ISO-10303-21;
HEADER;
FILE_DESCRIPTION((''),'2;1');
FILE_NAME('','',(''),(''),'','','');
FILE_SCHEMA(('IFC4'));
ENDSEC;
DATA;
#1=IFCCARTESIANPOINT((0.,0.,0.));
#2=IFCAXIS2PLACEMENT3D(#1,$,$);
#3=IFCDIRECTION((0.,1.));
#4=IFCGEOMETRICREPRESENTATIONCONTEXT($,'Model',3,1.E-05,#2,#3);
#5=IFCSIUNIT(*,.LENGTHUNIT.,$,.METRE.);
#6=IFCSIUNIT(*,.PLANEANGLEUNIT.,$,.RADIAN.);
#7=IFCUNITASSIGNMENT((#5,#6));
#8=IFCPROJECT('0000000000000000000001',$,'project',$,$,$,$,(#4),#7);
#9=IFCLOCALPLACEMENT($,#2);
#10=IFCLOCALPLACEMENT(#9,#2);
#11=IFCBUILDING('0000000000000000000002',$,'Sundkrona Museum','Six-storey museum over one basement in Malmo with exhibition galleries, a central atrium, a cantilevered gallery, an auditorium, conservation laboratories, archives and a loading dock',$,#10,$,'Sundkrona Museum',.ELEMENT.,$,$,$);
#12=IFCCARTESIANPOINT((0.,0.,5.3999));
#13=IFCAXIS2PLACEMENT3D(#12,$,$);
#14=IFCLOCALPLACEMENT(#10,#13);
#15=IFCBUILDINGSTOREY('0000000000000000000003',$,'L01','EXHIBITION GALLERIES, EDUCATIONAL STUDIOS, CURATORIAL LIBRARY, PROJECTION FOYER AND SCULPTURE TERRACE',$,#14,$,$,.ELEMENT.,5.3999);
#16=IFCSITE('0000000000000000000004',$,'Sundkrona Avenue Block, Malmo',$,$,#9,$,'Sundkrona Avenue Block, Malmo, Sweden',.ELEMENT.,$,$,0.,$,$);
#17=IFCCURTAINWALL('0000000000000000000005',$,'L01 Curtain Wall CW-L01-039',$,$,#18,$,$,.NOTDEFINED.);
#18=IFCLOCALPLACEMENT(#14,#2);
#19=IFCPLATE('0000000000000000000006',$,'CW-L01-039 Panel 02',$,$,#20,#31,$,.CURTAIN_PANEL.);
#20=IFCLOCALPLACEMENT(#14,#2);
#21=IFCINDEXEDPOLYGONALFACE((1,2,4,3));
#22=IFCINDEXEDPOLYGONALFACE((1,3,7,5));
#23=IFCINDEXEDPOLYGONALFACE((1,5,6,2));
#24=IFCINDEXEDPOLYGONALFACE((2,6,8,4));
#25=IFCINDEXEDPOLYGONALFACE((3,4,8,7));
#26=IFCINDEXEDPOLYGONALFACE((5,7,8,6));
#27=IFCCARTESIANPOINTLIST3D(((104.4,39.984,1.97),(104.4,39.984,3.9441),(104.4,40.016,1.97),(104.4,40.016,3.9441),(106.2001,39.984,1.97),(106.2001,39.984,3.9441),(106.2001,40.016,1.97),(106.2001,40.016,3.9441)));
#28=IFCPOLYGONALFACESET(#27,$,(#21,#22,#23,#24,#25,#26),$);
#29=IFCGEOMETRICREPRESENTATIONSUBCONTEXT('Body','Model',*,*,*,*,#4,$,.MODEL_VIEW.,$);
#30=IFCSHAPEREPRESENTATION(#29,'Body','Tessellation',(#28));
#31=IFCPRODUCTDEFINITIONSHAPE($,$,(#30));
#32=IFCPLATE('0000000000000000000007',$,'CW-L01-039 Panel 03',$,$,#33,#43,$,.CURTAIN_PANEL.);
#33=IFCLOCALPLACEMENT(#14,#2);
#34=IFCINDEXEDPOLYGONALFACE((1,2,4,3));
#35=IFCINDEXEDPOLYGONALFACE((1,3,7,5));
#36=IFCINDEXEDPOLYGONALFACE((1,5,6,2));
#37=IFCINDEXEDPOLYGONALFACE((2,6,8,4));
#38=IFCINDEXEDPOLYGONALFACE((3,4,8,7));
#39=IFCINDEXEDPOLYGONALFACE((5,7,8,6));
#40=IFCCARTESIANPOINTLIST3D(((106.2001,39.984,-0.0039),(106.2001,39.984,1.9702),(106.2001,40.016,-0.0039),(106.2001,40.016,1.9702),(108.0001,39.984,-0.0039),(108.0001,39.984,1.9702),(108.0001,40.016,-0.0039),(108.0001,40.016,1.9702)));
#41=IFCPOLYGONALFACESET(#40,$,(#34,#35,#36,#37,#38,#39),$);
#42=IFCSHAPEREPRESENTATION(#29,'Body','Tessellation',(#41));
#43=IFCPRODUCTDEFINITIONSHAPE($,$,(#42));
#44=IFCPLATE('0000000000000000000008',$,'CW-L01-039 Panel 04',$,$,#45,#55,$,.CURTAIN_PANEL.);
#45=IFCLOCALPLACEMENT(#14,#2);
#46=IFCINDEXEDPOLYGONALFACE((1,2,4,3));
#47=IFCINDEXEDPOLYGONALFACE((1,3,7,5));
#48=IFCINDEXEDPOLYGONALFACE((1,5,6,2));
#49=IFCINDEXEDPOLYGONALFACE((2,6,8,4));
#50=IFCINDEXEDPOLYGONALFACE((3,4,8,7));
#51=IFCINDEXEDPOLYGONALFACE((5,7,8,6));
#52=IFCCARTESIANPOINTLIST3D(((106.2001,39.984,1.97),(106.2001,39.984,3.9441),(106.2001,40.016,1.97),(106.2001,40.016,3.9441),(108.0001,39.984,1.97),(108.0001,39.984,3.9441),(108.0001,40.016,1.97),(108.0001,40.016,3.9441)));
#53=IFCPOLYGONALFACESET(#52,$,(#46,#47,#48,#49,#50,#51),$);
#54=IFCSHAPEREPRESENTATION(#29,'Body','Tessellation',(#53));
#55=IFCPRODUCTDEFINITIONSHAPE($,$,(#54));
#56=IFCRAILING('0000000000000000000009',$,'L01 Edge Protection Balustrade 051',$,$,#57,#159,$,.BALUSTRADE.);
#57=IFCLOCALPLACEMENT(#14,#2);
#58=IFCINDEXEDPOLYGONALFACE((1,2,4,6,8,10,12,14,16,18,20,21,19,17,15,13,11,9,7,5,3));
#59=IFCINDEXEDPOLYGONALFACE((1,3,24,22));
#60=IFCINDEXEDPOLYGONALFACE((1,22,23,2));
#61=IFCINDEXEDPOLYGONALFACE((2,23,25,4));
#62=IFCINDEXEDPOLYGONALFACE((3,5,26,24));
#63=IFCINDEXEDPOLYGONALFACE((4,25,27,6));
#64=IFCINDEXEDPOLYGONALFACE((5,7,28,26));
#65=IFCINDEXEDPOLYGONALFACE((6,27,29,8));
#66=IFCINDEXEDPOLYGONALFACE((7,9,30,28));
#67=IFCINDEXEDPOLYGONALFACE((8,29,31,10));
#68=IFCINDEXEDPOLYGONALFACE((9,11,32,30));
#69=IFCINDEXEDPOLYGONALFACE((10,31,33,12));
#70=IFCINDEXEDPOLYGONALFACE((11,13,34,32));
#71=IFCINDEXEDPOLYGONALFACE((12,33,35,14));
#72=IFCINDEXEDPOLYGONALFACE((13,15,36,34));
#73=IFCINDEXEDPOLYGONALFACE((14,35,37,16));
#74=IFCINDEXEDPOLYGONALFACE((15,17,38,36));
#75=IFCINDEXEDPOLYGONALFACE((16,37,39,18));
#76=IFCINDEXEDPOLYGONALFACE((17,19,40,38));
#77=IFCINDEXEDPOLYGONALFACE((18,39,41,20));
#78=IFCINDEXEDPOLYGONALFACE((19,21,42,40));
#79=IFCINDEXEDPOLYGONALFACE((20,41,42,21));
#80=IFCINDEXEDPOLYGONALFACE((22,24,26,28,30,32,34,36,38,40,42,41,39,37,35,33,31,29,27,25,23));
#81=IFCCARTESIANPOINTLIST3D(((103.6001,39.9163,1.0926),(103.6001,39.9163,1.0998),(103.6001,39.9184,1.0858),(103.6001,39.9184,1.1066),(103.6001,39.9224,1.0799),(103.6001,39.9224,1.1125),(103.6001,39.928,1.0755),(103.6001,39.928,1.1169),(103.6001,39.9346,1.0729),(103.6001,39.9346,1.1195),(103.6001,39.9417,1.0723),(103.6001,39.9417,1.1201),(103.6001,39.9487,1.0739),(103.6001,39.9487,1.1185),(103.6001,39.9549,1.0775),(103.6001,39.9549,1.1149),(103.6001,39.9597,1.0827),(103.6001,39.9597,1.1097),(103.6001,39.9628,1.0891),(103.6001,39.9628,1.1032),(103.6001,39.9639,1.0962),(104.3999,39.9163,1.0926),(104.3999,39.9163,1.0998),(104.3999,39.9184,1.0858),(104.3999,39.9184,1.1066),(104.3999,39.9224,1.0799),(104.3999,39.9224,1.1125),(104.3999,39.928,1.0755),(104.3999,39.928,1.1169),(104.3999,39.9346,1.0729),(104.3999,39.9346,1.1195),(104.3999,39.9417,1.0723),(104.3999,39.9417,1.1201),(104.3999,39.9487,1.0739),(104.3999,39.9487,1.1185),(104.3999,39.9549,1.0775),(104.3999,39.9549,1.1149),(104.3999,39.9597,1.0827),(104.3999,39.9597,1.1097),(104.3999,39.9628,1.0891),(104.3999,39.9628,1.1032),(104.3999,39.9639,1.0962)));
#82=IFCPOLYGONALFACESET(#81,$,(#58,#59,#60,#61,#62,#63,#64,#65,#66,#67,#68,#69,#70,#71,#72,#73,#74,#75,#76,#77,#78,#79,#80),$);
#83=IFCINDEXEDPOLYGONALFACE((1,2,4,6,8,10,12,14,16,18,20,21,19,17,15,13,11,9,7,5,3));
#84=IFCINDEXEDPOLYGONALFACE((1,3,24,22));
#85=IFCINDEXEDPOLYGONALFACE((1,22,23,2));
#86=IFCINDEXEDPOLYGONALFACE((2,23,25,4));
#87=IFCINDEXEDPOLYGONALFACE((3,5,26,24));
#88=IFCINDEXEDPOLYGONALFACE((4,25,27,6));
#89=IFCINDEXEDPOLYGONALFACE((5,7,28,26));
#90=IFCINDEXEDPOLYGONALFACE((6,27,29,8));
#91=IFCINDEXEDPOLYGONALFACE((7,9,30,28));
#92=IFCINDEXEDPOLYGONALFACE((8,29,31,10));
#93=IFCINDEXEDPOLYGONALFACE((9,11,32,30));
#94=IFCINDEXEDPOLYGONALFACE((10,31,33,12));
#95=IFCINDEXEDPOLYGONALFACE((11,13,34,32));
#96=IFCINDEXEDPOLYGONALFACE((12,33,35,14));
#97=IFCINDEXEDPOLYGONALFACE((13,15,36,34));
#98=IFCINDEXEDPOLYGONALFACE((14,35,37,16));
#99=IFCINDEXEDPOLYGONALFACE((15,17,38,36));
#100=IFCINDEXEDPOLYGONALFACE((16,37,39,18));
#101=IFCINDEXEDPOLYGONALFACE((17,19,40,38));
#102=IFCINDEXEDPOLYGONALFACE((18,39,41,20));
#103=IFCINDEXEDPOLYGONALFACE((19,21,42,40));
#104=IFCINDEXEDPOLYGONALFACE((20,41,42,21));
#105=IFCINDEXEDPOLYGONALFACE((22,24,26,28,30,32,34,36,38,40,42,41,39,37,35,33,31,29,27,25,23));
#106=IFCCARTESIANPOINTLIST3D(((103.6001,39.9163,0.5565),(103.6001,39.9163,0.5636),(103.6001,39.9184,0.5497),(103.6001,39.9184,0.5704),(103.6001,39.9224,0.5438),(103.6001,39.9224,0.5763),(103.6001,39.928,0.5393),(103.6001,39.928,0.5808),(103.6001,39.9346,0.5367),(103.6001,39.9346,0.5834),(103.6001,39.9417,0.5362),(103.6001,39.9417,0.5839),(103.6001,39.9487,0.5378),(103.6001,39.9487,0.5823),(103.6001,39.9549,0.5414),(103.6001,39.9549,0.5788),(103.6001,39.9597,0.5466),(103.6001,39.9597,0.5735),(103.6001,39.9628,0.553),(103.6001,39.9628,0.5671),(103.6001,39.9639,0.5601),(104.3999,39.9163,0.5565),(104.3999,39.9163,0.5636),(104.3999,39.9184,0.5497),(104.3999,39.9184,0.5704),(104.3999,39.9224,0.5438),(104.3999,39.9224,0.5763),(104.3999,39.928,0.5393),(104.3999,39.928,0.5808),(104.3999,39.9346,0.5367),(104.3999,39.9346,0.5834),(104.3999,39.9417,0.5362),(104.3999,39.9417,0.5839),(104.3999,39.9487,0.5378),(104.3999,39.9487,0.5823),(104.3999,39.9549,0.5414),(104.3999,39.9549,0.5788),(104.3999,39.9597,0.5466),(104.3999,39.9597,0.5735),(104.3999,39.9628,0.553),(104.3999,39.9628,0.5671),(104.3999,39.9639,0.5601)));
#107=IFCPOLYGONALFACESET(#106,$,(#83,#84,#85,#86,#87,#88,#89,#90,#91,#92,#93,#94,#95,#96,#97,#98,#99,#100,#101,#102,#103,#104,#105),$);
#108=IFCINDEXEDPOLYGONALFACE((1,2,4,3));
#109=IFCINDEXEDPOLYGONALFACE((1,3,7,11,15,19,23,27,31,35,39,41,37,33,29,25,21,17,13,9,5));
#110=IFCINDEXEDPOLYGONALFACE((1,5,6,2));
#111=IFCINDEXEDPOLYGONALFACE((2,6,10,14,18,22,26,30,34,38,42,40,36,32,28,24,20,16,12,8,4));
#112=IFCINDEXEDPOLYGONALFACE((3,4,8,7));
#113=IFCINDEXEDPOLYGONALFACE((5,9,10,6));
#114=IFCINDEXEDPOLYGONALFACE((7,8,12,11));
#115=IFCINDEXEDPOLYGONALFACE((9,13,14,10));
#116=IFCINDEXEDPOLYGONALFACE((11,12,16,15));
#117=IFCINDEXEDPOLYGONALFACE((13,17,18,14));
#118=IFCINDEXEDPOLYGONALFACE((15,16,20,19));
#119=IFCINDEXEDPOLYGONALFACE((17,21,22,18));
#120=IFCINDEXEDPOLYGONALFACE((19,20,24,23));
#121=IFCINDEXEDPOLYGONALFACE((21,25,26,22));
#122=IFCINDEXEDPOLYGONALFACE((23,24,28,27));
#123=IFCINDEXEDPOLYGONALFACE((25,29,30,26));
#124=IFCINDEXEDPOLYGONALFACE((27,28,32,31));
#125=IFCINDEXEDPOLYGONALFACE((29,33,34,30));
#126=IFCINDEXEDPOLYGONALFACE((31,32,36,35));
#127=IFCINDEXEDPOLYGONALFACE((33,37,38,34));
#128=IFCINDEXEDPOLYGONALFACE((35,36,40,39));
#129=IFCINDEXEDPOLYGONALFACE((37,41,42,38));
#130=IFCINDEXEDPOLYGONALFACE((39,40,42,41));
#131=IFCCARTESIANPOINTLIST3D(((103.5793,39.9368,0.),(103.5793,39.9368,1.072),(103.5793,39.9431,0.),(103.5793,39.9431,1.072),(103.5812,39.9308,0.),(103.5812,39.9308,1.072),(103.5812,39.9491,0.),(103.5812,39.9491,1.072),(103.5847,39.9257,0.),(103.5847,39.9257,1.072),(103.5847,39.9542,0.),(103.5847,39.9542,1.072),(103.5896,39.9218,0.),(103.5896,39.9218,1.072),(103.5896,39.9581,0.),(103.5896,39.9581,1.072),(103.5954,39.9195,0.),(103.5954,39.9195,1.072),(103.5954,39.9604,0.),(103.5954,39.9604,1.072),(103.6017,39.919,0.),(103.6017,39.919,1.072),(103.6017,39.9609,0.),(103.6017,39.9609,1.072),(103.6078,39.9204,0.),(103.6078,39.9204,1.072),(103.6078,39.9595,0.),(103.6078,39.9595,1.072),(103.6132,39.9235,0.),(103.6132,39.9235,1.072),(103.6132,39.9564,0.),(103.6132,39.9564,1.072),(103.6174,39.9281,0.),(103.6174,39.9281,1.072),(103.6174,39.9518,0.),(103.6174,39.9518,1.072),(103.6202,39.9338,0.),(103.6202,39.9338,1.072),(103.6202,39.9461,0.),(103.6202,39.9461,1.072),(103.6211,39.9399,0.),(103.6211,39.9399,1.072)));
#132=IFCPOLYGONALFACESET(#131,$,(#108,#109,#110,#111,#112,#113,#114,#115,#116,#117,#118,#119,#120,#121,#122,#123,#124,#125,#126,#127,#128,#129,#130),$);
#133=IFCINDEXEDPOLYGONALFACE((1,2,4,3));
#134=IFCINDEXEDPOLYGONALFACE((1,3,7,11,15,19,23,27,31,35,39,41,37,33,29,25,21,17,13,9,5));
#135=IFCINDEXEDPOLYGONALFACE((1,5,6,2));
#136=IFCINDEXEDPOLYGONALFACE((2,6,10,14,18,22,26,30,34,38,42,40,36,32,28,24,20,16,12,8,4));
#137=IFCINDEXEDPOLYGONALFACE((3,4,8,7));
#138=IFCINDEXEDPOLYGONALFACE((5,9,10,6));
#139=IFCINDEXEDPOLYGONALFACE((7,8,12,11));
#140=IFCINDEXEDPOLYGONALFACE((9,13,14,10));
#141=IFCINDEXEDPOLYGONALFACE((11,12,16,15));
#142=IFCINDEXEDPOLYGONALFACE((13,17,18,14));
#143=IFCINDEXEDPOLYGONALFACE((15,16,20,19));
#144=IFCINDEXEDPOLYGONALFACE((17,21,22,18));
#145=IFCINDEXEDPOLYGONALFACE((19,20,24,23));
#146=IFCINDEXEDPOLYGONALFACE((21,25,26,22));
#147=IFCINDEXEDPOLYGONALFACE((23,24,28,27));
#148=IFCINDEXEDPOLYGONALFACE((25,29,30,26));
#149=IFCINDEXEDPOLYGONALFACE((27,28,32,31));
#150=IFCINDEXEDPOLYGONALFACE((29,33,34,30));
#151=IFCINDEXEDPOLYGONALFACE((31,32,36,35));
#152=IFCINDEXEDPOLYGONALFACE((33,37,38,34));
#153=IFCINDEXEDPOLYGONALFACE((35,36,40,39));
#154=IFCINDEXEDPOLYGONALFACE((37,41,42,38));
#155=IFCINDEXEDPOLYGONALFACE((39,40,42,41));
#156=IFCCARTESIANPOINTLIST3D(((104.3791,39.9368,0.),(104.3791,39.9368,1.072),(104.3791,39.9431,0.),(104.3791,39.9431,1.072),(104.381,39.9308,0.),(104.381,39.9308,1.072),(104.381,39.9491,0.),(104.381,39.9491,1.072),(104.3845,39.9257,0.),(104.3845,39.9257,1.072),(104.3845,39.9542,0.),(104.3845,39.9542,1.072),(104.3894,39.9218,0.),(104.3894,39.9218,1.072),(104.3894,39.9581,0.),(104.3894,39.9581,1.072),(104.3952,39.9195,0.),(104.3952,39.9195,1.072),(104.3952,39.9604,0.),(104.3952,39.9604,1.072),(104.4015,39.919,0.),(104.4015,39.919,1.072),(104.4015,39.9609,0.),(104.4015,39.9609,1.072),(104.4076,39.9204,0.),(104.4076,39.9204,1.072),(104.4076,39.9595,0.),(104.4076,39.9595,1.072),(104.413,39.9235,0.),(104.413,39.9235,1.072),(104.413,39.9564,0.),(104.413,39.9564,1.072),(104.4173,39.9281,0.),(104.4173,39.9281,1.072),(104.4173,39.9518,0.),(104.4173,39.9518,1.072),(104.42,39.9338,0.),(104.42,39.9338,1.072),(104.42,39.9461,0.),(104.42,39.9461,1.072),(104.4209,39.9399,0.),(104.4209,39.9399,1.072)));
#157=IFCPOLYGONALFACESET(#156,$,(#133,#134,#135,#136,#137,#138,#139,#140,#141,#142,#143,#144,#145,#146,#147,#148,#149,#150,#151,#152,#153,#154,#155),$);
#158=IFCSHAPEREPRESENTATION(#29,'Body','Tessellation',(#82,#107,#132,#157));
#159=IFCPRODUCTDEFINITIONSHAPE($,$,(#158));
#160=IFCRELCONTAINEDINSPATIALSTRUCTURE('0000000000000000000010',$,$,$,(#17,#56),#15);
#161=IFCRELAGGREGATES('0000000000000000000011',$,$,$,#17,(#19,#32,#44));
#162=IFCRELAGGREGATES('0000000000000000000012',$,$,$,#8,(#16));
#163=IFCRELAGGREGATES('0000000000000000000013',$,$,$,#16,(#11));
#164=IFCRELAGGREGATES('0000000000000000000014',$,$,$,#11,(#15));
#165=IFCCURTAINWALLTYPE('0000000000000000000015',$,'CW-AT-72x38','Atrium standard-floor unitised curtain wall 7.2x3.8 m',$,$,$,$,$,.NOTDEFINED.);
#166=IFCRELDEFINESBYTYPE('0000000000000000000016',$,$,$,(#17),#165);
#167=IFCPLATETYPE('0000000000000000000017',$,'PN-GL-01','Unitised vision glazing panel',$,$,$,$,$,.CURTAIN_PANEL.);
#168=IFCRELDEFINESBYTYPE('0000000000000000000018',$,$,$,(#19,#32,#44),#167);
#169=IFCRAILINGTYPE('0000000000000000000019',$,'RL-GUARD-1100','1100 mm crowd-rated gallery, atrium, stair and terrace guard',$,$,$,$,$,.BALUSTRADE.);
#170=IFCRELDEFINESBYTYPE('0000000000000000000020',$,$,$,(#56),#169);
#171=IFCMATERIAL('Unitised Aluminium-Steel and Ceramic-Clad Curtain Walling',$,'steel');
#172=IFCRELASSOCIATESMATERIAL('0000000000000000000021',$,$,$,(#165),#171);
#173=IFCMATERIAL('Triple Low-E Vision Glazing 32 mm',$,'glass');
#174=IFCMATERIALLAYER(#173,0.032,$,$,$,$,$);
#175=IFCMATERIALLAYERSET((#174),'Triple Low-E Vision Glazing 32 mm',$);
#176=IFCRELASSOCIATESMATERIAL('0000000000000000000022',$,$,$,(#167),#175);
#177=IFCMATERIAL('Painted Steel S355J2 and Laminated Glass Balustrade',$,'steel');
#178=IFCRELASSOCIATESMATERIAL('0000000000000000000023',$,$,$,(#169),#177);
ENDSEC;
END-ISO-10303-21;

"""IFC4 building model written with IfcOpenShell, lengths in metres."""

from ifc_helpers import new_model, si_unit, direction, frame, origin, origin_2d, place, context, subcontext, project, spatial, rectangle, circle, extrude, material, layer, layer_set, type_object, element, aggregate, save


model = new_model("IFC4")

# Units and contexts
model_context = context("Model", 3, precision=1e-05, world=origin(), true_north=direction((0.0, 1.0)))
body_context = subcontext(model_context, "Body", "Model", "MODEL_VIEW")
ifc_project = project(units=[si_unit("LENGTHUNIT", "METRE"), si_unit("PLANEANGLEUNIT", "RADIAN")], contexts=[model_context])

# Site, building, storey
site_placement = place(None, origin())
site = spatial("IfcSite", under=ifc_project, at=site_placement, Name="Sundkrona Avenue Block, Malmo", LongName="Sundkrona Avenue Block, Malmo, Sweden", CompositionType="ELEMENT", RefElevation=0.0)
building_placement = place(site_placement, origin())
building = spatial("IfcBuilding", under=site, at=building_placement, Name="Sundkrona Museum", Description="Six-storey museum over one basement in Malmo with exhibition galleries, a central atrium, a cantilevered gallery, an auditorium, conservation laboratories, archives and a loading dock", LongName="Sundkrona Museum", CompositionType="ELEMENT")
storey_placement = place(building_placement, frame((0.0, 0.0, 5.3999)))
storey = spatial("IfcBuildingStorey", under=building, at=storey_placement, Name="L01", Description="EXHIBITION GALLERIES, EDUCATIONAL STUDIOS, CURATORIAL LIBRARY, PROJECTION FOYER AND SCULPTURE TERRACE", CompositionType="ELEMENT", Elevation=5.3999)

# Shared definitions
ifc_material_1 = material(Name="Unitised Aluminium-Steel and Ceramic-Clad Curtain Walling", Category="steel")
curtain_wall_type = type_object("IfcCurtainWallType", Name="CW-AT-72x38", Description="Atrium standard-floor unitised curtain wall 7.2x3.8 m", PredefinedType="NOTDEFINED", material=ifc_material_1)

# Curtain wall
curtain_wall_1_placement = place(storey_placement, origin())
curtain_wall_1 = element("IfcCurtainWall", 1, at=curtain_wall_1_placement, inside=storey, type_object=curtain_wall_type, Name="L01 Curtain Wall CW-L01-039", PredefinedType="NOTDEFINED")

# Plates
ifc_material_2 = material(Name="Triple Low-E Vision Glazing 32 mm", Category="glass")
ifc_layer = layer(ifc_material_2, 0.032)
ifc_layer_set = layer_set([ifc_layer], Name="Triple Low-E Vision Glazing 32 mm")
plate_type = type_object("IfcPlateType", Name="PN-GL-01", Description="Unitised vision glazing panel", PredefinedType="CURTAIN_PANEL", material=ifc_layer_set)
plate_1_placement = place(storey_placement, frame((105.3, 40.0, 1.97), z_axis=(0.0, 0.0, 1.0), x_axis=(1.0, 0.0, 0.0)))
plate_1 = element("IfcPlate", 2, at=plate_1_placement, type_object=plate_type, Name="CW-L01-039 Panel 02", PredefinedType="CURTAIN_PANEL", context=body_context, shape_type="SweptSolid", body=[
    extrude(rectangle(XDim=1.8, YDim=0.032, at=origin_2d()), origin(), (0.0, 0.0, 1.0), 1.9741),
])
plate_2_placement = place(storey_placement, frame((107.1001, 40.0, -0.0039), z_axis=(0.0, 0.0, 1.0), x_axis=(1.0, 0.0, 0.0)))
plate_2 = element("IfcPlate", 3, at=plate_2_placement, type_object=plate_type, Name="CW-L01-039 Panel 03", PredefinedType="CURTAIN_PANEL", context=body_context, shape_type="SweptSolid", body=[
    extrude(rectangle(XDim=1.8, YDim=0.032, at=origin_2d()), origin(), (0.0, 0.0, 1.0), 1.9741),
])
plate_3_placement = place(storey_placement, frame((107.1001, 40.0, 1.97), z_axis=(0.0, 0.0, 1.0), x_axis=(1.0, 0.0, 0.0)))
plate_3 = element("IfcPlate", 4, at=plate_3_placement, type_object=plate_type, Name="CW-L01-039 Panel 04", PredefinedType="CURTAIN_PANEL", context=body_context, shape_type="SweptSolid", body=[
    extrude(rectangle(XDim=1.8, YDim=0.032, at=origin_2d()), origin(), (0.0, 0.0, 1.0), 1.9741),
])
aggregate(curtain_wall_1, [plate_1, plate_2, plate_3])

# Railing
ifc_material_3 = material(Name="Painted Steel S355J2 and Laminated Glass Balustrade", Category="steel")
railing_type = type_object("IfcRailingType", Name="RL-GUARD-1100", Description="1100 mm crowd-rated gallery, atrium, stair and terrace guard", PredefinedType="BALUSTRADE", material=ifc_material_3)
railing_placement = place(storey_placement, frame((103.6001, 39.9399, 0.0)))
element("IfcRailing", 5, at=railing_placement, inside=storey, type_object=railing_type, Name="L01 Edge Protection Balustrade 051", PredefinedType="BALUSTRADE", context=body_context, shape_type="SweptSolid", body=[
    extrude(circle(Radius=0.0239, at=origin_2d()), frame((0.0, 0.0, 1.0962), z_axis=(1.0, 0.0, 0.0), x_axis=(0.0, 1.0, 0.0)), (0.0, 0.0, 1.0), 0.7998),
    extrude(circle(Radius=0.0239, at=origin_2d()), frame((0.0, 0.0, 0.5601), z_axis=(1.0, 0.0, 0.0), x_axis=(0.0, 1.0, 0.0)), (0.0, 0.0, 1.0), 0.7998),
    extrude(circle(Radius=0.021, at=origin_2d()), origin(), (0.0, 0.0, 1.0), 1.072),
    extrude(circle(Radius=0.021, at=origin_2d()), frame((0.7998, 0.0, 0.0)), (0.0, 0.0, 1.0), 1.072),
])

save(model, "model.ifc")
